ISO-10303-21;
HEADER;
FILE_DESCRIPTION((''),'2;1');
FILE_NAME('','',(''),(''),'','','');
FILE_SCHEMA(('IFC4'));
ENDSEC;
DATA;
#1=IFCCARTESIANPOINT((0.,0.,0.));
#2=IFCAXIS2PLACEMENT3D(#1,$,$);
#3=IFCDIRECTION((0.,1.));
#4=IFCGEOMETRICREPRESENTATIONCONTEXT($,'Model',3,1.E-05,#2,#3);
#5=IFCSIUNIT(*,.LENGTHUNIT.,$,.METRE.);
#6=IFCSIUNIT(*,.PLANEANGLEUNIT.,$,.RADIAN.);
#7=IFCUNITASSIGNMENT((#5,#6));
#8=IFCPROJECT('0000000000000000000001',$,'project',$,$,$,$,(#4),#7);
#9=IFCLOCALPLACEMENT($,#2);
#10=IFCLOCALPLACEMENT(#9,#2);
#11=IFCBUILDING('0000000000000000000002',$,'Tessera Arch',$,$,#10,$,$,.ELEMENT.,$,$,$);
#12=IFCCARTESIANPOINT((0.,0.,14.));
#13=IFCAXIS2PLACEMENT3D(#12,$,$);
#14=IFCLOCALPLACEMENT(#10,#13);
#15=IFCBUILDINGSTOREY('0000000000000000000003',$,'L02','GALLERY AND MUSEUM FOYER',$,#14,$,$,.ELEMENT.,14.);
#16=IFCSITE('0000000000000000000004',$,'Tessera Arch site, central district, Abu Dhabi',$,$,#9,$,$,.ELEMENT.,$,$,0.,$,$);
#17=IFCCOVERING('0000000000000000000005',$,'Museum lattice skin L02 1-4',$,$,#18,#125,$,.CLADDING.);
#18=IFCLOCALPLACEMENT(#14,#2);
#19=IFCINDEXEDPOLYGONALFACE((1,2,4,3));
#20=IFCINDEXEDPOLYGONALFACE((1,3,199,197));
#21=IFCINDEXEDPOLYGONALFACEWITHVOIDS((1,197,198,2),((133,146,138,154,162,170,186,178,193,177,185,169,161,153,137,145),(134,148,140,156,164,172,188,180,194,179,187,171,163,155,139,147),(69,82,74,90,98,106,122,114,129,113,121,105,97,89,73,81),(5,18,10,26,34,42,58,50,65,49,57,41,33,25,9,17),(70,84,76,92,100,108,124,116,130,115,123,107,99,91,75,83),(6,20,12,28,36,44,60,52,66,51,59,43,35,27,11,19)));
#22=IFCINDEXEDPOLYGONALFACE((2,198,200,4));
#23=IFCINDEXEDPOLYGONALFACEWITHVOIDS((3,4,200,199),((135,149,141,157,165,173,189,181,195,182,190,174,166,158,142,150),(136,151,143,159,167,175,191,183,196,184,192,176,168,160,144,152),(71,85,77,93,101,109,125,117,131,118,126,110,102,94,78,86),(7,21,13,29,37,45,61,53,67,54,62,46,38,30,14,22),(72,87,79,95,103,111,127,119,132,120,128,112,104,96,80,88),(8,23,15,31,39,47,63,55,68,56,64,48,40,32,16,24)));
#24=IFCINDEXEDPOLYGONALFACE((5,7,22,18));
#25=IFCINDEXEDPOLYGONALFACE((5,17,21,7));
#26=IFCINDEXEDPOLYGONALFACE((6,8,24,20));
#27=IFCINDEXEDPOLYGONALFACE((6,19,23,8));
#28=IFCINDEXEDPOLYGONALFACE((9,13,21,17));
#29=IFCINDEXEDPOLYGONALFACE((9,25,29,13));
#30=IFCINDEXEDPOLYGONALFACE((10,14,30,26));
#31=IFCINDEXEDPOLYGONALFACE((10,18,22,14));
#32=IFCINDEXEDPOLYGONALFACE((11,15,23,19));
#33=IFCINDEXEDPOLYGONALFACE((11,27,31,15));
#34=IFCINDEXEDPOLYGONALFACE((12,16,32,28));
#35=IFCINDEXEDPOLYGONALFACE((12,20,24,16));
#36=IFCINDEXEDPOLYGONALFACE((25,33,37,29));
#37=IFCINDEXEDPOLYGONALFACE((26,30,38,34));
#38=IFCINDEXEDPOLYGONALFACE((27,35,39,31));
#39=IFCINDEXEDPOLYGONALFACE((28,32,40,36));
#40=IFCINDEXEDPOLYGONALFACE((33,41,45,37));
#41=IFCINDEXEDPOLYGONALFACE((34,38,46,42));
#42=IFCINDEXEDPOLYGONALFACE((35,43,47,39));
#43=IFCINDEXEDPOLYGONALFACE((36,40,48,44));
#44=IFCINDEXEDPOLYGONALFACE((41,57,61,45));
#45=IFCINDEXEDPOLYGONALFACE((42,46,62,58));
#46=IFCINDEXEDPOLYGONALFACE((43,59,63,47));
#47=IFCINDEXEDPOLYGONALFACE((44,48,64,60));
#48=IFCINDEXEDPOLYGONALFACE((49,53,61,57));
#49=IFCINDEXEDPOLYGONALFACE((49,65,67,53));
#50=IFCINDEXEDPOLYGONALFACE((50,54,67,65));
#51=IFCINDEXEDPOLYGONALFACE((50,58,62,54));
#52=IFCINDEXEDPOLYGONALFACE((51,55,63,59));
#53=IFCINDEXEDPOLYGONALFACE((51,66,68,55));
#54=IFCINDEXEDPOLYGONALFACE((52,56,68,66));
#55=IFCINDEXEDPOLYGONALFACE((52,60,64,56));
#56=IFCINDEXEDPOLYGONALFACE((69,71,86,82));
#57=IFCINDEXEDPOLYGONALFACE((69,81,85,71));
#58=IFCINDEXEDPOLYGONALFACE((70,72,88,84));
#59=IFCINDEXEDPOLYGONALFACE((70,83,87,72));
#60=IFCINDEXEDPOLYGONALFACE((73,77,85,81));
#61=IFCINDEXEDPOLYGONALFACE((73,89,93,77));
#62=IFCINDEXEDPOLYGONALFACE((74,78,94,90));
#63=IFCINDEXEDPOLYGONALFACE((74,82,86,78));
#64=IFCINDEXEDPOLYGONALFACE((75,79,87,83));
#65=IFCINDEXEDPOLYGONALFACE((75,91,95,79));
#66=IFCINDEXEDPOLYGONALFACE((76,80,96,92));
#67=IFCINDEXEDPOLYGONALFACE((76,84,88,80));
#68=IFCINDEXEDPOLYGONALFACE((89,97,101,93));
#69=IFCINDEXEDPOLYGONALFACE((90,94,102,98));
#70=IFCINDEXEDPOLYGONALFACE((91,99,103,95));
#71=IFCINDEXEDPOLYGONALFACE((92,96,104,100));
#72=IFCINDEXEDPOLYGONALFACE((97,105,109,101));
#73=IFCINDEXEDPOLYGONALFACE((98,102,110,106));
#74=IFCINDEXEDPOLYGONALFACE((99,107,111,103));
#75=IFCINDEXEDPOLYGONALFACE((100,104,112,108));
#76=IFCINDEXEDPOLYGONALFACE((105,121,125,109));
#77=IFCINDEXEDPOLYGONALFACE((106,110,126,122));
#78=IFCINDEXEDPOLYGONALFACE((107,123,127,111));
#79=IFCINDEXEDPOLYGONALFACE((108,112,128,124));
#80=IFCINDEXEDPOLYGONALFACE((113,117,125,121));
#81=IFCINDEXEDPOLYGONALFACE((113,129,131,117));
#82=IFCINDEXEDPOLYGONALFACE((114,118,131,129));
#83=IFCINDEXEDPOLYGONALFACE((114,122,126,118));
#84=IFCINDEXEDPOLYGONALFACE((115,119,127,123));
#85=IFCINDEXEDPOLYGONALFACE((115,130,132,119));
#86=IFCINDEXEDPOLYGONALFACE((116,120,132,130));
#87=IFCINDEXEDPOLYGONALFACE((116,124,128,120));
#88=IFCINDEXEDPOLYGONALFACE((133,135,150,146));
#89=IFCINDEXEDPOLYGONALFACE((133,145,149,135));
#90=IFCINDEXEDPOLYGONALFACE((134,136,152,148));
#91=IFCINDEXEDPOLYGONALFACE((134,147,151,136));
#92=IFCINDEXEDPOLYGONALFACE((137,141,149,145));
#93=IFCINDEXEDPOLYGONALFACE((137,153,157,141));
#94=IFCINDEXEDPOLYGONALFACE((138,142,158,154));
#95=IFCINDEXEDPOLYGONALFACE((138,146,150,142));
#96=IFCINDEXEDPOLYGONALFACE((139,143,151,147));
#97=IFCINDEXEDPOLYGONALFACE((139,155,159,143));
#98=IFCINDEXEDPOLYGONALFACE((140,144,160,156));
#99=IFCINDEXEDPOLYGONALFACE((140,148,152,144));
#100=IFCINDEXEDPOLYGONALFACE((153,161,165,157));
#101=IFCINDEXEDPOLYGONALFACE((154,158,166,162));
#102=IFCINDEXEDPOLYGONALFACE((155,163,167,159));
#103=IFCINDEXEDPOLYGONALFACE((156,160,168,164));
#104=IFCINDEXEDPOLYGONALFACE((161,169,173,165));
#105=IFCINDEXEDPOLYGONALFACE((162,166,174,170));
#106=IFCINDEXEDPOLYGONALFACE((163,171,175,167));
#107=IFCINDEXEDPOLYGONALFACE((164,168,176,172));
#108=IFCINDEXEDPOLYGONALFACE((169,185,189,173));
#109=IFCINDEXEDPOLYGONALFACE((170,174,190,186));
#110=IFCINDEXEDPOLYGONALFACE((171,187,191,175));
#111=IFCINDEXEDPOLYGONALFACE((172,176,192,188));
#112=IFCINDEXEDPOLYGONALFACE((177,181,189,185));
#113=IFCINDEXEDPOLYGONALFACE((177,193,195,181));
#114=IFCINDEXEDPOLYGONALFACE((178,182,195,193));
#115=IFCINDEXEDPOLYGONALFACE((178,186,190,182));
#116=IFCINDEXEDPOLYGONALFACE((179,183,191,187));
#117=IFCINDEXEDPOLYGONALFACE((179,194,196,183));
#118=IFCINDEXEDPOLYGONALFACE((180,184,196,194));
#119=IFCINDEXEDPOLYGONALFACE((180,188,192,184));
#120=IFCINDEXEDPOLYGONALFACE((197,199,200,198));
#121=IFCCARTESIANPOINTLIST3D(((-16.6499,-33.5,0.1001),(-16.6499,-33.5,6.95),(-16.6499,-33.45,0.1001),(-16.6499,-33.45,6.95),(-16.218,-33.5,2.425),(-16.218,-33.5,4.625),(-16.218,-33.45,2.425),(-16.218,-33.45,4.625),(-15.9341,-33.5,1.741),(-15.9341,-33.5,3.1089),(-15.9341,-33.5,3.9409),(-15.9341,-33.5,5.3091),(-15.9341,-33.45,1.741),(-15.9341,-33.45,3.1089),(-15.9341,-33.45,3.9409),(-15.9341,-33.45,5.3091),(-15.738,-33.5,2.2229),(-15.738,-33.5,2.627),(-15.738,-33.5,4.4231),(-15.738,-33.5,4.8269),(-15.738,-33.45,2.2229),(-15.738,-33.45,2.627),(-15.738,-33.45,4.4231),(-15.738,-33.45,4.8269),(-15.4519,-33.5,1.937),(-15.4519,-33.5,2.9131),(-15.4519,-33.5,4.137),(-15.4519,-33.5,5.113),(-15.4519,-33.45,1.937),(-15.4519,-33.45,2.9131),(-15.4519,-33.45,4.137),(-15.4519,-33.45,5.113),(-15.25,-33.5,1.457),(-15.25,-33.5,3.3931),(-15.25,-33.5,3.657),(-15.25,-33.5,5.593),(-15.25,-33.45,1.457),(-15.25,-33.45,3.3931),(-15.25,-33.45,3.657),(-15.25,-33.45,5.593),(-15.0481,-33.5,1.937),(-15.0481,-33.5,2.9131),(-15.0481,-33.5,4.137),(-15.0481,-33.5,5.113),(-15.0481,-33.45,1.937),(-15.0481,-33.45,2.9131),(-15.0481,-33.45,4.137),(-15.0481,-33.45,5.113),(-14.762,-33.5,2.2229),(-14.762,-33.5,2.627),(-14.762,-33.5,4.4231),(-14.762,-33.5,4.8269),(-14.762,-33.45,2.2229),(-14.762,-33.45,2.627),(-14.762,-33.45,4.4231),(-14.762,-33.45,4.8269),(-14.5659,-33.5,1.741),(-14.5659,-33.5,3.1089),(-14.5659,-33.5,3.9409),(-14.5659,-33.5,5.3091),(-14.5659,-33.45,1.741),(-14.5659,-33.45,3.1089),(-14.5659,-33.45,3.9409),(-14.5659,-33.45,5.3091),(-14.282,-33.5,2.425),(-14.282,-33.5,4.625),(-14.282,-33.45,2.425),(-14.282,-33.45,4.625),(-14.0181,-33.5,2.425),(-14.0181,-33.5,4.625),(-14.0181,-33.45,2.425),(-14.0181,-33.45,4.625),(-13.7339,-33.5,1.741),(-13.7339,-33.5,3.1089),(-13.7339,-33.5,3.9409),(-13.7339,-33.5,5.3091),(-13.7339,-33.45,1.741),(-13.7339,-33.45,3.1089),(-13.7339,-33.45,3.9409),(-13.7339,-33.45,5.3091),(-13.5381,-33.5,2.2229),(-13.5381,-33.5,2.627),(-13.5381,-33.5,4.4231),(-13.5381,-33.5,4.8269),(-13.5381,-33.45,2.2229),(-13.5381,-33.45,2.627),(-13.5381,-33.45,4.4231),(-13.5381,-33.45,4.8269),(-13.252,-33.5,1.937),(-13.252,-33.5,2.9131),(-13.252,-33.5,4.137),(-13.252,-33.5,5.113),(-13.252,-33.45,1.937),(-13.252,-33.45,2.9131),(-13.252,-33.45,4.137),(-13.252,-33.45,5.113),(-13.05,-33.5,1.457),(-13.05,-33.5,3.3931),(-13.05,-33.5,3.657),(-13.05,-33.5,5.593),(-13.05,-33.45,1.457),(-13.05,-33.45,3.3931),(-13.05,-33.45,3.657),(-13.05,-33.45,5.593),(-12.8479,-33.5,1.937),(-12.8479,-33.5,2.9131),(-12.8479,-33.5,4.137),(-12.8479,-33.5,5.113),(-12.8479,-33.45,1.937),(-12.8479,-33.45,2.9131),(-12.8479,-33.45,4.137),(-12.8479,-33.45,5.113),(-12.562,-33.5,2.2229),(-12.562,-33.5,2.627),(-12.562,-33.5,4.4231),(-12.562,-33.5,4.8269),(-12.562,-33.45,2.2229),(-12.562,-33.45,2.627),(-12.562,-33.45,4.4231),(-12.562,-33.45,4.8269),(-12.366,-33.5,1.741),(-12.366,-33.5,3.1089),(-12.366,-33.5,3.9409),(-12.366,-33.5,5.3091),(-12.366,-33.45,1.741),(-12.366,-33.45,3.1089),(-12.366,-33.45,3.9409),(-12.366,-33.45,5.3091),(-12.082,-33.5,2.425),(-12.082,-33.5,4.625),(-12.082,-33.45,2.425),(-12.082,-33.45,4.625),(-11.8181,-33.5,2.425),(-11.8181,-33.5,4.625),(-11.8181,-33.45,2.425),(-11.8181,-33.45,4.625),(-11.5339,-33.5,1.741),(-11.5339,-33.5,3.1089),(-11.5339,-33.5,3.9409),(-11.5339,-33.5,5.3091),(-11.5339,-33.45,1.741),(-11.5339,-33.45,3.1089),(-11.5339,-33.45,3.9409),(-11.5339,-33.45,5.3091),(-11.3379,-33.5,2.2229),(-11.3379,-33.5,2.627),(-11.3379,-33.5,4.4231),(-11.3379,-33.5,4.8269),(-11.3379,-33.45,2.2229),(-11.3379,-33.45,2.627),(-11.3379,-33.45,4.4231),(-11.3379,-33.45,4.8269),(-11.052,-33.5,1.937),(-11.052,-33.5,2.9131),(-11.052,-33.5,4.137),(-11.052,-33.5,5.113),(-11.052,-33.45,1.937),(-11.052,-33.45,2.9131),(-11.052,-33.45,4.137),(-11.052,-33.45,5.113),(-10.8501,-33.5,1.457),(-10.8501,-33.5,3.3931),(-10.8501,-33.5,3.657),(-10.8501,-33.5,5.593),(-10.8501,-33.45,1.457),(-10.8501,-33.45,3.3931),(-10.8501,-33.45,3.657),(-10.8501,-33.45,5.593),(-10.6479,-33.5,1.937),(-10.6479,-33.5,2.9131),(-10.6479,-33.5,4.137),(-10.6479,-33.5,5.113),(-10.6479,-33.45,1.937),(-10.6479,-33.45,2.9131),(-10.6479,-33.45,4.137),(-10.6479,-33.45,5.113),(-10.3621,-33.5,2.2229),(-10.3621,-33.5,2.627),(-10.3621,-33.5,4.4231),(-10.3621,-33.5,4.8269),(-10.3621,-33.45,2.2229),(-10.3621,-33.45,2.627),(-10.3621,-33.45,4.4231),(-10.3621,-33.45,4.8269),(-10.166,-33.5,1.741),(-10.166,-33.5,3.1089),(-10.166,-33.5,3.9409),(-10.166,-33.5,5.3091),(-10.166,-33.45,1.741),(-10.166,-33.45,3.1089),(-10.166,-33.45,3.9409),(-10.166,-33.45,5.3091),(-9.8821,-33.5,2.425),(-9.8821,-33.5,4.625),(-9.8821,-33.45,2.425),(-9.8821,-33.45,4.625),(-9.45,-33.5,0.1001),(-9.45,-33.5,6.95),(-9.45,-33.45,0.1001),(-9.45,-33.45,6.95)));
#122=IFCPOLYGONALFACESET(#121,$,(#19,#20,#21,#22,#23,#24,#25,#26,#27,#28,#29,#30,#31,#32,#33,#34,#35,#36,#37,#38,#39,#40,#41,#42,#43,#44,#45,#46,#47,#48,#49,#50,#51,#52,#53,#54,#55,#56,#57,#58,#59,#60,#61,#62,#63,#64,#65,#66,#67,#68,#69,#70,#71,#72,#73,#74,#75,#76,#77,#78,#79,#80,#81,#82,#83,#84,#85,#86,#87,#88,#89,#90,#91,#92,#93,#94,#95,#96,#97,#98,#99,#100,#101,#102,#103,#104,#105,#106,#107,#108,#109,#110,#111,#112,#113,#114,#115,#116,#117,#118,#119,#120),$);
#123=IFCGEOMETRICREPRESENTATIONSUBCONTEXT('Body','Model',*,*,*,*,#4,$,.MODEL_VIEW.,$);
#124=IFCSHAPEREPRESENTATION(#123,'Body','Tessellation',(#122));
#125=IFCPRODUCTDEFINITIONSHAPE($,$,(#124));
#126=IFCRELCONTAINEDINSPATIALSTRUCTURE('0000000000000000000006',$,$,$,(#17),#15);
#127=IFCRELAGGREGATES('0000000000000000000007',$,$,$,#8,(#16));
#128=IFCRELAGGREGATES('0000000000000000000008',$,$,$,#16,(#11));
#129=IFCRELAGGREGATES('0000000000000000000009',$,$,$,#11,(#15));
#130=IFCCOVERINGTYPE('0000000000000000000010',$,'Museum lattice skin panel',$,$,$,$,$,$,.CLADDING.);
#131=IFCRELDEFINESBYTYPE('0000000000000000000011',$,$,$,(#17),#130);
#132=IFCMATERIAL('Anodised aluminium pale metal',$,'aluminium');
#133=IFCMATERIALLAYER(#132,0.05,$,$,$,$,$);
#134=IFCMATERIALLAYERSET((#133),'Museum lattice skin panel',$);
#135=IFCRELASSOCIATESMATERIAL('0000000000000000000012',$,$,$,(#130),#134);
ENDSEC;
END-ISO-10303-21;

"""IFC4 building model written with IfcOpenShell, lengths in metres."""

from ifc_helpers import new_model, si_unit, direction, frame, origin, place, context, subcontext, project, spatial, polyline, outline, extrude, material, layer, layer_set, type_object, element, save


model = new_model("IFC4")

# Units and contexts
model_context = context("Model", 3, precision=1e-05, world=origin(), true_north=direction((0.0, 1.0)))
body_context = subcontext(model_context, "Body", "Model", "MODEL_VIEW")
ifc_project = project(units=[si_unit("LENGTHUNIT", "METRE"), si_unit("PLANEANGLEUNIT", "RADIAN")], contexts=[model_context])

# Site, building, storey
site_placement = place(None, origin())
site = spatial("IfcSite", under=ifc_project, at=site_placement, Name="Tessera Arch site, central district, Abu Dhabi", CompositionType="ELEMENT", RefElevation=0.0)
building_placement = place(site_placement, origin())
building = spatial("IfcBuilding", under=site, at=building_placement, Name="Tessera Arch", CompositionType="ELEMENT")
storey_placement = place(building_placement, frame((0.0, 0.0, 14.0)))
storey = spatial("IfcBuildingStorey", under=building, at=storey_placement, Name="L02", Description="GALLERY AND MUSEUM FOYER", CompositionType="ELEMENT", Elevation=14.0)

# Covering
ifc_material_1 = material(Name="Anodised aluminium pale metal", Category="aluminium")
ifc_layer_1 = layer(ifc_material_1, 0.05)
ifc_layer_set_1 = layer_set([ifc_layer_1], Name="Museum lattice skin panel")
covering_type_1 = type_object("IfcCoveringType", Name="Museum lattice skin panel", PredefinedType="CLADDING", material=ifc_layer_set_1)
covering_1_placement = place(storey_placement, frame((-16.6499, -33.45, 6.95), z_axis=(0.0, 1.0, 0.0), x_axis=(1.0, 0.0, 0.0)))
element("IfcCovering", 1, at=covering_1_placement, inside=storey, type_object=covering_type_1, Name="Museum lattice skin L02 1-4", PredefinedType="CLADDING", context=body_context, shape_type="SweptSolid", body=[
    extrude(outline(polyline([(0.0, 0.0), (7.2, 0.0), (7.2, 6.8499), (0.0, 6.8499), (0.0, 0.0)]), holes=[polyline([(2.3679, 4.5249), (1.8879, 4.323), (2.084, 3.8411), (1.6018, 4.0369), (1.3999, 3.5569), (1.198, 4.0369), (0.7158, 3.8411), (0.9119, 4.323), (0.4319, 4.5249), (0.9119, 4.7271), (0.7158, 5.209), (1.198, 5.0129), (1.3999, 5.4929), (1.6018, 5.0129), (2.084, 5.209), (1.8879, 4.7271), (2.3679, 4.5249)]), polyline([(2.3679, 2.325), (1.8879, 2.123), (2.084, 1.6409), (1.6018, 1.8369), (1.3999, 1.3569), (1.198, 1.8369), (0.7158, 1.6409), (0.9119, 2.123), (0.4319, 2.325), (0.9119, 2.5269), (0.7158, 3.009), (1.198, 2.813), (1.3999, 3.293), (1.6018, 2.813), (2.084, 3.009), (1.8879, 2.5269), (2.3679, 2.325)]), polyline([(4.5679, 4.5249), (4.0879, 4.323), (4.2839, 3.8411), (3.802, 4.0369), (3.5999, 3.5569), (3.3979, 4.0369), (2.916, 3.8411), (3.1118, 4.323), (2.6318, 4.5249), (3.1118, 4.7271), (2.916, 5.209), (3.3979, 5.0129), (3.5999, 5.4929), (3.802, 5.0129), (4.2839, 5.209), (4.0879, 4.7271), (4.5679, 4.5249)]), polyline([(4.5679, 2.325), (4.0879, 2.123), (4.2839, 1.6409), (3.802, 1.8369), (3.5999, 1.3569), (3.3979, 1.8369), (2.916, 1.6409), (3.1118, 2.123), (2.6318, 2.325), (3.1118, 2.5269), (2.916, 3.009), (3.3979, 2.813), (3.5999, 3.293), (3.802, 2.813), (4.2839, 3.009), (4.0879, 2.5269), (4.5679, 2.325)]), polyline([(6.7678, 4.5249), (6.2878, 4.323), (6.4839, 3.8411), (6.002, 4.0369), (5.7998, 3.5569), (5.5979, 4.0369), (5.116, 3.8411), (5.312, 4.323), (4.8318, 4.5249), (5.312, 4.7271), (5.116, 5.209), (5.5979, 5.0129), (5.7998, 5.4929), (6.002, 5.0129), (6.4839, 5.209), (6.2878, 4.7271), (6.7678, 4.5249)]), polyline([(6.7678, 2.325), (6.2878, 2.123), (6.4839, 1.6409), (6.002, 1.8369), (5.7998, 1.3569), (5.5979, 1.8369), (5.116, 1.6409), (5.312, 2.123), (4.8318, 2.325), (5.312, 2.5269), (5.116, 3.009), (5.5979, 2.813), (5.7998, 3.293), (6.002, 2.813), (6.4839, 3.009), (6.2878, 2.5269), (6.7678, 2.325)])]), origin(), (0.0, 0.0, -1.0), 0.05),
])

save(model, "model.ifc")
